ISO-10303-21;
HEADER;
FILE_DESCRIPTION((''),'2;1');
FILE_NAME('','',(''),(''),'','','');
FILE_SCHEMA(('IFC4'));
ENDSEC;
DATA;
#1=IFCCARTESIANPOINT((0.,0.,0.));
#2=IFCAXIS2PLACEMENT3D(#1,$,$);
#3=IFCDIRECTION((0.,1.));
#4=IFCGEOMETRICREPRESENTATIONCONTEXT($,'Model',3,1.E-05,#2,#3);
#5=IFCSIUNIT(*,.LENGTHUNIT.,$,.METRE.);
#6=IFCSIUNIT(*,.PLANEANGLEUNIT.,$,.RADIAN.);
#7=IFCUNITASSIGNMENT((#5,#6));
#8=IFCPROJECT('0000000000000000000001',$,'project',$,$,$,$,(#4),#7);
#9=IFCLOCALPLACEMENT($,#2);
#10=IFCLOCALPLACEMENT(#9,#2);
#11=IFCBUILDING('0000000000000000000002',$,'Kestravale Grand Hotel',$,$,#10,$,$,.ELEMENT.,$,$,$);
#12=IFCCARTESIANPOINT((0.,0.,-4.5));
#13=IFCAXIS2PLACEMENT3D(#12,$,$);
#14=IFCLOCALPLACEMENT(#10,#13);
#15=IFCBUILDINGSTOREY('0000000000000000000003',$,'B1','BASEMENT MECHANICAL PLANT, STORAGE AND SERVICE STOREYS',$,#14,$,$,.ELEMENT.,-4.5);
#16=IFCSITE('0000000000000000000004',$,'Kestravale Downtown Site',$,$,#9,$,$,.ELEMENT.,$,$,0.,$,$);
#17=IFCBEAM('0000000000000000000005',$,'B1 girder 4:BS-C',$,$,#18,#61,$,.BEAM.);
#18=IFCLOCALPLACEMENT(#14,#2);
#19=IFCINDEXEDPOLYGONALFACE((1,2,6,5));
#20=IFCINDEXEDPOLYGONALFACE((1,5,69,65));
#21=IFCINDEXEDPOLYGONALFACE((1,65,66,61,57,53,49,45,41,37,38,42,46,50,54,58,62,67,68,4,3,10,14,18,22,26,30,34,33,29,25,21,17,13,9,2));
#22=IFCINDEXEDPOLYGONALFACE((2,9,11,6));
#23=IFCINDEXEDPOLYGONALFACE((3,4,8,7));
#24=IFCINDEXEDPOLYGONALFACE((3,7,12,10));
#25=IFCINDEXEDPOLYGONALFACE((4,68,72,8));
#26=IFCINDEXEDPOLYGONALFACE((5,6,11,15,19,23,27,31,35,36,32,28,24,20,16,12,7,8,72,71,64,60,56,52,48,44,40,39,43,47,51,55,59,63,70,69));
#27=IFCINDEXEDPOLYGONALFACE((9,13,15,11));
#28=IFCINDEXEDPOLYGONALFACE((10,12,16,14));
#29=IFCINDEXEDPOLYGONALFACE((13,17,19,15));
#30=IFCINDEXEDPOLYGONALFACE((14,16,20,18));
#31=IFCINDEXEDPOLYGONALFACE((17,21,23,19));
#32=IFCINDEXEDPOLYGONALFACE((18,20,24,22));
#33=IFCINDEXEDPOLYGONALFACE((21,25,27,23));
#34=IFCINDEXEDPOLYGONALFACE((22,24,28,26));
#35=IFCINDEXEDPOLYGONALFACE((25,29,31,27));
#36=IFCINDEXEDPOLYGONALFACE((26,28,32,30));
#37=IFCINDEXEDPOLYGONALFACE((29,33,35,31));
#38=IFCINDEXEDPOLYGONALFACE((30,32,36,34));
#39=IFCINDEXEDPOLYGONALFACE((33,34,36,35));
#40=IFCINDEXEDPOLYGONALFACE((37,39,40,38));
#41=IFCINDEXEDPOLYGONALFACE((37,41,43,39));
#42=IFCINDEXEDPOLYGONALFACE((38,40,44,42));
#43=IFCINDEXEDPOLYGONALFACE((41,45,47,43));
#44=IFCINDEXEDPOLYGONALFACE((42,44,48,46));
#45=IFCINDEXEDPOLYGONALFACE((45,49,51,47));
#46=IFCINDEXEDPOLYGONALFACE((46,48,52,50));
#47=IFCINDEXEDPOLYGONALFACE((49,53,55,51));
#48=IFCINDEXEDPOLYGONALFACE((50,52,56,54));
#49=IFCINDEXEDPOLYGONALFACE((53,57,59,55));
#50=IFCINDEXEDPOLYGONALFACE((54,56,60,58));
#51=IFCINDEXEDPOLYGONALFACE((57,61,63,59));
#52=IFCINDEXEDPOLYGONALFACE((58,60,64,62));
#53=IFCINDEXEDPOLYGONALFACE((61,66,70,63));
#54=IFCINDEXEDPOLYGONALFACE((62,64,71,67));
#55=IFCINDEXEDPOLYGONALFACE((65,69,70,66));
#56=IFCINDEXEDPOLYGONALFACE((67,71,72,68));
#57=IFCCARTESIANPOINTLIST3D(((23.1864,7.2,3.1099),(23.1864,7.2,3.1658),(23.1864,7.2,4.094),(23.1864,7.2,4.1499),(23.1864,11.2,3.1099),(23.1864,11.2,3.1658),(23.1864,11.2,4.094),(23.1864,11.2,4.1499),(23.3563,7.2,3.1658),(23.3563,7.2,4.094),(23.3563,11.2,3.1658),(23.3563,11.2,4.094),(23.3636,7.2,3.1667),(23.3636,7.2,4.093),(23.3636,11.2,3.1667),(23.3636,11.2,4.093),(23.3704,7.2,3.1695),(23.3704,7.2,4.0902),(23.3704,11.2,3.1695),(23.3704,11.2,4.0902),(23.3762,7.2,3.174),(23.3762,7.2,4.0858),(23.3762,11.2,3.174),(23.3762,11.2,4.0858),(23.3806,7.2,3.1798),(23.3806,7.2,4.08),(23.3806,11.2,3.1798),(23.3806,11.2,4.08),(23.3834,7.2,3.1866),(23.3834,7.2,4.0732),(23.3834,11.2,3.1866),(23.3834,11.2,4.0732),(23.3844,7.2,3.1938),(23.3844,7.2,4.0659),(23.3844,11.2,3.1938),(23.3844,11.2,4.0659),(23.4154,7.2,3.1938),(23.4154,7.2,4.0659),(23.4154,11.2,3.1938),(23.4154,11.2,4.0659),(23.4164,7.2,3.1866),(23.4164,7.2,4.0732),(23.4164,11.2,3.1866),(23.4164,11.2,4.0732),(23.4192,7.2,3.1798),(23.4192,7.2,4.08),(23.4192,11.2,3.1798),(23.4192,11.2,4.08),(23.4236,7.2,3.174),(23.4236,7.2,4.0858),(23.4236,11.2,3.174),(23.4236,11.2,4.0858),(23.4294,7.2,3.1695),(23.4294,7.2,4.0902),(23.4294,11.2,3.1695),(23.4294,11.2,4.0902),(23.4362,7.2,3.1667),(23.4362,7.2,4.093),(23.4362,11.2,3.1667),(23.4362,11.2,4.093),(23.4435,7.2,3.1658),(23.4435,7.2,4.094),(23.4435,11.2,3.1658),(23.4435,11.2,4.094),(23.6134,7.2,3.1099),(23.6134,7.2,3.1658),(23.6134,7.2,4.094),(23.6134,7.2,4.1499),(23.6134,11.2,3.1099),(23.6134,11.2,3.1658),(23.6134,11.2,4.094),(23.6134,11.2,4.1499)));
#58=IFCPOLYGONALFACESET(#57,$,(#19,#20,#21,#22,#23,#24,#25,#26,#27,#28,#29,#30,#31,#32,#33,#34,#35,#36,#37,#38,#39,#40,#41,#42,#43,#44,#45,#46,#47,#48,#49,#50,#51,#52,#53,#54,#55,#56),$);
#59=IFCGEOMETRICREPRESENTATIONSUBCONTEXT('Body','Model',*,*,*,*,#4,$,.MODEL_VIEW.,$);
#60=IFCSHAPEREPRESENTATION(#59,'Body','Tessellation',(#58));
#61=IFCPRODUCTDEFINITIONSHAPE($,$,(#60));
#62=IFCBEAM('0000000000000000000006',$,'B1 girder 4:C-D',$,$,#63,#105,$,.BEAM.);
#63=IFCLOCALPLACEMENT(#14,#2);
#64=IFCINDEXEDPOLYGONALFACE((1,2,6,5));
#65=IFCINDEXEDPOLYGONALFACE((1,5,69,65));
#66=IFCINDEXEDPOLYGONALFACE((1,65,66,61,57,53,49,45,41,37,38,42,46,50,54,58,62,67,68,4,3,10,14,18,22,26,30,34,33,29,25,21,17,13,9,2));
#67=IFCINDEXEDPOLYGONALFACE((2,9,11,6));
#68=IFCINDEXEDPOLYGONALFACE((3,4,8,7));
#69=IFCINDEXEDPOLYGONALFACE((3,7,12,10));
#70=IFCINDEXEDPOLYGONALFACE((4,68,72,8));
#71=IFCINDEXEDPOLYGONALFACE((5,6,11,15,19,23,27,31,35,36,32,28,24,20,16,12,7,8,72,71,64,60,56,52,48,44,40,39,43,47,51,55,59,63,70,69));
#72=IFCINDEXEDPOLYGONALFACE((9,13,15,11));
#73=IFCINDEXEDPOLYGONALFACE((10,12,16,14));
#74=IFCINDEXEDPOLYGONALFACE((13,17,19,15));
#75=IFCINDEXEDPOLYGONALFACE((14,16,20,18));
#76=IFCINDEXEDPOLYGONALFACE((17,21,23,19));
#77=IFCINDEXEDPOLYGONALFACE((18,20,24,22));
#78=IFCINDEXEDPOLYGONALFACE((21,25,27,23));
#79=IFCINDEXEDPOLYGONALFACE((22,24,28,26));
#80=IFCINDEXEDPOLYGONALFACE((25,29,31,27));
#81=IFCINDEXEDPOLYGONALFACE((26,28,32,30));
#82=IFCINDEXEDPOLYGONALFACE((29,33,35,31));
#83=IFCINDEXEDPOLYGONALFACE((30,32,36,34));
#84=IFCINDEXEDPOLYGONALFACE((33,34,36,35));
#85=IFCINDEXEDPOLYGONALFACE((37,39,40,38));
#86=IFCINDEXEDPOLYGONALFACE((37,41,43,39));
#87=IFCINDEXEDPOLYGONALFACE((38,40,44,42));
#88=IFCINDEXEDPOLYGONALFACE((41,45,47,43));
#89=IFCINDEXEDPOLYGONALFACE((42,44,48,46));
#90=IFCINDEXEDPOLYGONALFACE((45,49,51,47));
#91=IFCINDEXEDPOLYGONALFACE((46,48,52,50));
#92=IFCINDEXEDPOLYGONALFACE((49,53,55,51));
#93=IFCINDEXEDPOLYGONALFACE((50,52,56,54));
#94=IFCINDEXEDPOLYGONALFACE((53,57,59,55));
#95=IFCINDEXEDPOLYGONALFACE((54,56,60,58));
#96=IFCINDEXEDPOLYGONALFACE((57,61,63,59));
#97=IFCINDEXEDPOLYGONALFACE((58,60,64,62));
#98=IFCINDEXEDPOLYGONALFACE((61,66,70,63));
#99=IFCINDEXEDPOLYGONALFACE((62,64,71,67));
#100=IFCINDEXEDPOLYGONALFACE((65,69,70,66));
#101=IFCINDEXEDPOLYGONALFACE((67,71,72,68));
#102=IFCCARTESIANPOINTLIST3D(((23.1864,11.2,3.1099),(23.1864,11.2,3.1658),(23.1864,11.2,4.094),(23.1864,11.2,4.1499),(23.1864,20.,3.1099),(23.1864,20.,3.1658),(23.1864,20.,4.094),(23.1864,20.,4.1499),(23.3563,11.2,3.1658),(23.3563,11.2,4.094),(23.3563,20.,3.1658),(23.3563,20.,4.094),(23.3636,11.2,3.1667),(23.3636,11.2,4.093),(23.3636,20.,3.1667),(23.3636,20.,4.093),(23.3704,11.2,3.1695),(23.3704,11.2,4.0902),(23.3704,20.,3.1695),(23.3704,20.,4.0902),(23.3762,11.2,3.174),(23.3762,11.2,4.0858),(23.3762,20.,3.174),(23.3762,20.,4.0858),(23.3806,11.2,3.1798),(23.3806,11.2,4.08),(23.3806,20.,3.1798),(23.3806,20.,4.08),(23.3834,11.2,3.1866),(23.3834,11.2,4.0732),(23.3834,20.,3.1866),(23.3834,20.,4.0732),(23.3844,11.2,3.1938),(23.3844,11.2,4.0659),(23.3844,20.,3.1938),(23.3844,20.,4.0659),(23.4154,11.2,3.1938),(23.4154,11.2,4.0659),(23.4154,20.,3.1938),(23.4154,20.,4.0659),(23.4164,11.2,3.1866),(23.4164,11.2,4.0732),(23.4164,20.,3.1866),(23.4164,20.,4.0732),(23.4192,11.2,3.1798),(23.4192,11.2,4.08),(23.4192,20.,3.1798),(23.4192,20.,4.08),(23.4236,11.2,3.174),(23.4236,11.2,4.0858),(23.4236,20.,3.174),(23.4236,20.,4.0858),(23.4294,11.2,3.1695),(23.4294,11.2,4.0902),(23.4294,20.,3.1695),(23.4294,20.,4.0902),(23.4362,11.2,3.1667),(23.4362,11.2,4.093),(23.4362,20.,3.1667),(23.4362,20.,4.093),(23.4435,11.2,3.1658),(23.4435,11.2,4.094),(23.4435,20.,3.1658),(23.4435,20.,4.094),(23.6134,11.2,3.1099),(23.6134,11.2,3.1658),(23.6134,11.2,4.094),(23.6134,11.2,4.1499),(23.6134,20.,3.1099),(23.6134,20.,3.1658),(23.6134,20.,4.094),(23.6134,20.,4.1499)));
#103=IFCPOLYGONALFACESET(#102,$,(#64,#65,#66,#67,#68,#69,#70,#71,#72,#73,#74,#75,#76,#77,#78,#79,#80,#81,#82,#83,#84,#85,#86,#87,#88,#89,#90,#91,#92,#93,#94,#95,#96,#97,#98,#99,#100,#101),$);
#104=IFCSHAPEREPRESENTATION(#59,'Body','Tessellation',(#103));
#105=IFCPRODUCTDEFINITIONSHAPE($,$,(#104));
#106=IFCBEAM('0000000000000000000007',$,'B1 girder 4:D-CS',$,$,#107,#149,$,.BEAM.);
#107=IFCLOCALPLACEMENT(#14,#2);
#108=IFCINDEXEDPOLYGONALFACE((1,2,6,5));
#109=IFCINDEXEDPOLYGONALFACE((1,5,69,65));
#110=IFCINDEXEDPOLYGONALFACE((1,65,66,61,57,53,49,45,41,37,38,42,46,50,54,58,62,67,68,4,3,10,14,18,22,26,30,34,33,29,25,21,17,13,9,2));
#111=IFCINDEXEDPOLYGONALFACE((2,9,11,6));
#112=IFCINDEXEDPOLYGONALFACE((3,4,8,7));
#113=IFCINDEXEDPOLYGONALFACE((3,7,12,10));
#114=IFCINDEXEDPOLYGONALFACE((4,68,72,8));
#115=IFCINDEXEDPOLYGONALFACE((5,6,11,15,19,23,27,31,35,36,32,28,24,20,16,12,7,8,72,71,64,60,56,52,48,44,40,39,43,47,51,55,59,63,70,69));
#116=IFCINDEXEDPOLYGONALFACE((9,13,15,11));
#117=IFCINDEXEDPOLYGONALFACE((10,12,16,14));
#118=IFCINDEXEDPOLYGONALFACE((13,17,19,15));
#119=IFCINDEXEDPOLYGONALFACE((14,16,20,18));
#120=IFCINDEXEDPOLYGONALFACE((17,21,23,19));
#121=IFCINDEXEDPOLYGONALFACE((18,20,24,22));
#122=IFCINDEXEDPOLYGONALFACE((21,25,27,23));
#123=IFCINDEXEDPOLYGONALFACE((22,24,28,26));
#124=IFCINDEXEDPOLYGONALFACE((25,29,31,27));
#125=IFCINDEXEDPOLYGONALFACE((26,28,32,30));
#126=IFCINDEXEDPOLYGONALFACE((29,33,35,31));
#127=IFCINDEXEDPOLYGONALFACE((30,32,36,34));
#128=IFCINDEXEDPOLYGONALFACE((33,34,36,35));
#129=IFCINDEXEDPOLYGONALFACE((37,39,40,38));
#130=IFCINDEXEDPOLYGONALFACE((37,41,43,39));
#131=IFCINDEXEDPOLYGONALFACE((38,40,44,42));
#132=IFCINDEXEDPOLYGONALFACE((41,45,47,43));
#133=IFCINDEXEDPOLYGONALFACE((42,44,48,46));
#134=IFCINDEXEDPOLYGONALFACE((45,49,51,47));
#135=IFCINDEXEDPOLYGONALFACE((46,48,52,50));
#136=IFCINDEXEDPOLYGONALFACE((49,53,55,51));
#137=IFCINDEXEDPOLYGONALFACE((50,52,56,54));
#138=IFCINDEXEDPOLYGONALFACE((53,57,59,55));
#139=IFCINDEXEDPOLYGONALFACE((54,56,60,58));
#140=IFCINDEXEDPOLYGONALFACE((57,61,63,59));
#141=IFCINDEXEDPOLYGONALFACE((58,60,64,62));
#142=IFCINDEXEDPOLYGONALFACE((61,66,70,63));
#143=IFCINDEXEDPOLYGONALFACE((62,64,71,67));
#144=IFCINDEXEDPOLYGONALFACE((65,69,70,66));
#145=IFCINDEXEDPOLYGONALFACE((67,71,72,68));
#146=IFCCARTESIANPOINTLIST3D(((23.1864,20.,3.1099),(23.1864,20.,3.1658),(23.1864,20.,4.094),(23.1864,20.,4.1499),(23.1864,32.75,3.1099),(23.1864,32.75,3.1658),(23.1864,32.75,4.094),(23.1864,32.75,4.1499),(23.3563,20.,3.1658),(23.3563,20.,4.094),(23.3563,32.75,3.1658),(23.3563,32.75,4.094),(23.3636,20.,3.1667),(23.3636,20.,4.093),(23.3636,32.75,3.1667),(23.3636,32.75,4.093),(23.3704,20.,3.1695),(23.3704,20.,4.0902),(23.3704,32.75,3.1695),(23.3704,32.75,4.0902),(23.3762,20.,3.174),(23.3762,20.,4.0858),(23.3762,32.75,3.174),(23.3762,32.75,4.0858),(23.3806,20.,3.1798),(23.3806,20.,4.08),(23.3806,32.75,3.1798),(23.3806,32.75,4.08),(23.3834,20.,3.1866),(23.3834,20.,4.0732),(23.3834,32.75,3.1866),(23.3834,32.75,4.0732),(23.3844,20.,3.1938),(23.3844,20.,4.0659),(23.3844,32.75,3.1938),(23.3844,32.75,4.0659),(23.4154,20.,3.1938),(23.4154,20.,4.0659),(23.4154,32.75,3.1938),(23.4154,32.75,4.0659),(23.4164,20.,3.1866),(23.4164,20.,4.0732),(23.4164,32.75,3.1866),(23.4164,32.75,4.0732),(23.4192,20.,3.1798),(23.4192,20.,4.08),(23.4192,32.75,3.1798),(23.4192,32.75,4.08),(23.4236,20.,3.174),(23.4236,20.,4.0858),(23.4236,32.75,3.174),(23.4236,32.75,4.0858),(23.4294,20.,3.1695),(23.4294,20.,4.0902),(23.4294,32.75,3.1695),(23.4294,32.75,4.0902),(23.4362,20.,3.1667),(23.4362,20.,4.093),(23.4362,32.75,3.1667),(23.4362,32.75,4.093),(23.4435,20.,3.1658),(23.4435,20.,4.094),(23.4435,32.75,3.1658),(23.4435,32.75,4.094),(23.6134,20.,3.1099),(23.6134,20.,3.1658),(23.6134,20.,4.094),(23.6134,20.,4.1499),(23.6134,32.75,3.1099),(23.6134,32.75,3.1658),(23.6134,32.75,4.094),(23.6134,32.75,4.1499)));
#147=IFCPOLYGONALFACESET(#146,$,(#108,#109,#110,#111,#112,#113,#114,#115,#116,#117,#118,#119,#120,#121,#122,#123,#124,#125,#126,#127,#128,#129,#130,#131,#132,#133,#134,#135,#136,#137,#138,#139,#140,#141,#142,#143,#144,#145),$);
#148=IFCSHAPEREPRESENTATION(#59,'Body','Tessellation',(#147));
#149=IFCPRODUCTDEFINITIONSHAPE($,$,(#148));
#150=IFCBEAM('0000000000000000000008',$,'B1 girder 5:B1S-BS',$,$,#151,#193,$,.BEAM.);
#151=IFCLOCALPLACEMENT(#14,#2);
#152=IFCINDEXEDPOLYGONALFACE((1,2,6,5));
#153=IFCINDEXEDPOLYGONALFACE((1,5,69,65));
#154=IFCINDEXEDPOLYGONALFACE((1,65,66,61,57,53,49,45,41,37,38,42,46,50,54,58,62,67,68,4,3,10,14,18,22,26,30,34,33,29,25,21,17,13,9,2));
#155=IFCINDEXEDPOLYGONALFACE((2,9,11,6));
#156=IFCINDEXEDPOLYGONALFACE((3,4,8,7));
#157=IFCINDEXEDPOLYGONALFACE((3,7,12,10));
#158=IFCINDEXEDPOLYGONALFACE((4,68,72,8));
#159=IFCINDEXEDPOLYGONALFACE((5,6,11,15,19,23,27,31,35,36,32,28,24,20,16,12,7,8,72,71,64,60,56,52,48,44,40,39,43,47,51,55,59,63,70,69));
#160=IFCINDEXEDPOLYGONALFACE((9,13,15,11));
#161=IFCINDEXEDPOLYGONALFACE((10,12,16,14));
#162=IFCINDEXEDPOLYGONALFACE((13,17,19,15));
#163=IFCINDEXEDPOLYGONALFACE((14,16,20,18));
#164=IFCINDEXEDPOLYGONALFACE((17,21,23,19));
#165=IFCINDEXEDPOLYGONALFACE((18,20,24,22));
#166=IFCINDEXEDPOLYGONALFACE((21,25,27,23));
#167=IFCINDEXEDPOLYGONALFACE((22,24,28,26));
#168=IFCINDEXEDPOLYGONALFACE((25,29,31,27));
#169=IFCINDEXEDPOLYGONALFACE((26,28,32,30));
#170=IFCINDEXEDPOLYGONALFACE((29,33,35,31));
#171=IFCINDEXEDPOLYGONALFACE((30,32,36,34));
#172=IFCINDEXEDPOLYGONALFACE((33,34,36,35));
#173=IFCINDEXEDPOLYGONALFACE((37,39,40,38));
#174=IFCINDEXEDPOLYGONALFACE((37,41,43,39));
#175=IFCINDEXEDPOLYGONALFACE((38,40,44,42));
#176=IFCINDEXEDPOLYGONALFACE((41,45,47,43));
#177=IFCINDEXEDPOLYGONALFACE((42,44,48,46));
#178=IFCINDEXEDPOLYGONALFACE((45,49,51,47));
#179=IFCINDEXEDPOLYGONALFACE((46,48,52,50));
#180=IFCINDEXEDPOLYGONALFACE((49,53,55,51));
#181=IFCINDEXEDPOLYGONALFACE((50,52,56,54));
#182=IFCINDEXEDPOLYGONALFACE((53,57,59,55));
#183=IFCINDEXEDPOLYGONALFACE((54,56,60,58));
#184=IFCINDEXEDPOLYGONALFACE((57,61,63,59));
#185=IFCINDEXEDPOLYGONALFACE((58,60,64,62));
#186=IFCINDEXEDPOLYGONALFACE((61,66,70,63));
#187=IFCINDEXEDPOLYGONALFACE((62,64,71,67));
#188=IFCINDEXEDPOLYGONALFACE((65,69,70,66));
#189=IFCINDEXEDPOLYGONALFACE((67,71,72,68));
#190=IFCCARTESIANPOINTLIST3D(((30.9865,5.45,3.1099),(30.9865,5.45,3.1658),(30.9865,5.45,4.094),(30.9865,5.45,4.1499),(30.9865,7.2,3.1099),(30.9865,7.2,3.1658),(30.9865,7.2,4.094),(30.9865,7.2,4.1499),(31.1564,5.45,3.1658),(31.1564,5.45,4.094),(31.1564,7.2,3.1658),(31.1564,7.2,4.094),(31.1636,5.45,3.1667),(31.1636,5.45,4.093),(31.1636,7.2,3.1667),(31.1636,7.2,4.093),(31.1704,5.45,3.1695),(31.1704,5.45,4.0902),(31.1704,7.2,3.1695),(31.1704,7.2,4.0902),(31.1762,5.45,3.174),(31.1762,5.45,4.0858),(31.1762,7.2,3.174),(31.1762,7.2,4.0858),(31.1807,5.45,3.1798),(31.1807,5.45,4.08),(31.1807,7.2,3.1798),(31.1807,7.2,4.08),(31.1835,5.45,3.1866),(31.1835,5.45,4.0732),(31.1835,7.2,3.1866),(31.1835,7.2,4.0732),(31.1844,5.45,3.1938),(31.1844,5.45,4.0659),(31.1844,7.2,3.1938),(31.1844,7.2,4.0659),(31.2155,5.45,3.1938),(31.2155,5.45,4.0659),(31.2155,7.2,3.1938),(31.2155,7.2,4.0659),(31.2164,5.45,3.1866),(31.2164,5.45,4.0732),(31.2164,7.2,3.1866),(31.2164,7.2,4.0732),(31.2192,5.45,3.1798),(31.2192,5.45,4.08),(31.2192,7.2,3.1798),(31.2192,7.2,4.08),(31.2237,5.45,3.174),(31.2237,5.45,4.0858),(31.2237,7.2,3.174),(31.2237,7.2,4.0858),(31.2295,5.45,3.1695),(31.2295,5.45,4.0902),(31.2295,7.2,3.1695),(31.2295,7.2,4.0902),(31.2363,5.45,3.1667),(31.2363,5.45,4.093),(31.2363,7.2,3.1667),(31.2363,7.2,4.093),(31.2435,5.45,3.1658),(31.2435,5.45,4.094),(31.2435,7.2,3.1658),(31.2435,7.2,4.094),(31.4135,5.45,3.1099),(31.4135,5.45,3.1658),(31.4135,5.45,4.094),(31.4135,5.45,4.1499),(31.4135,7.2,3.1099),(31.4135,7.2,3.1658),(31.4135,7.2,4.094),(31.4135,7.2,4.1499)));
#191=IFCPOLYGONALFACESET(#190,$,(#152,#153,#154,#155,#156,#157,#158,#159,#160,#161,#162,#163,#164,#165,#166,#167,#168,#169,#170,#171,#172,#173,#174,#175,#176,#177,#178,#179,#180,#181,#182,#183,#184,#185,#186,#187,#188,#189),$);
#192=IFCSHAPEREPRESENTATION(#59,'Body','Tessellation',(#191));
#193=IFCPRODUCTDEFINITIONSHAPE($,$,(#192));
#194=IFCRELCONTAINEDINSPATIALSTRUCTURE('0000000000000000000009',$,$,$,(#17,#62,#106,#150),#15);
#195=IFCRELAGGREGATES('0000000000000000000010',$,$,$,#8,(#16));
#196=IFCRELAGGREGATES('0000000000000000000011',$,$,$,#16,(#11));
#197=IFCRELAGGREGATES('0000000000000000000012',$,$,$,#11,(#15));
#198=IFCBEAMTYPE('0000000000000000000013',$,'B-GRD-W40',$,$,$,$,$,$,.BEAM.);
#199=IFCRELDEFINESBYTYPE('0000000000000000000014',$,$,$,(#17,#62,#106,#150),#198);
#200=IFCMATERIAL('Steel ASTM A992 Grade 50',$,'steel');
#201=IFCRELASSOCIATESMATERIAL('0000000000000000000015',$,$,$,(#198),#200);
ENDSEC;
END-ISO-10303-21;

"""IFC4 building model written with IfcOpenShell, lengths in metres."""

from ifc_helpers import new_model, si_unit, direction, frame, origin, origin_2d, place, context, subcontext, project, spatial, i_section, extrude, material, material_profile, profile_set, type_object, element, save


model = new_model("IFC4")

# Units and contexts
model_context = context("Model", 3, precision=1e-05, world=origin(), true_north=direction((0.0, 1.0)))
body_context = subcontext(model_context, "Body", "Model", "MODEL_VIEW")
ifc_project = project(units=[si_unit("LENGTHUNIT", "METRE"), si_unit("PLANEANGLEUNIT", "RADIAN")], contexts=[model_context])

# Site, building, storey
site_placement = place(None, origin())
site = spatial("IfcSite", under=ifc_project, at=site_placement, Name="Kestravale Downtown Site", CompositionType="ELEMENT", RefElevation=0.0)
building_placement = place(site_placement, origin())
building = spatial("IfcBuilding", under=site, at=building_placement, Name="Kestravale Grand Hotel", CompositionType="ELEMENT")
storey_placement = place(building_placement, frame((0.0, 0.0, -4.5)))
storey = spatial("IfcBuildingStorey", under=building, at=storey_placement, Name="B1", Description="BASEMENT MECHANICAL PLANT, STORAGE AND SERVICE STOREYS", CompositionType="ELEMENT", Elevation=-4.5)

# Beams
ifc_material_1 = material(Name="Steel ASTM A992 Grade 50", Category="steel")
ifc_material_profile_1 = material_profile(ifc_material_1, i_section(OverallWidth=0.427, OverallDepth=1.04, WebThickness=0.031, FlangeThickness=0.0559, FilletRadius=0.0281, at=origin_2d()))
ifc_profile_set_1 = profile_set([ifc_material_profile_1], Name="Steel ASTM A992 Grade 50")
beam_type_1 = type_object("IfcBeamType", Name="B-GRD-W40", PredefinedType="BEAM", material=ifc_profile_set_1)
beam_1_placement = place(storey_placement, frame((23.3999, 7.2, 3.6299), z_axis=(0.0, 1.0, 0.0), x_axis=(-1.0, 0.0, 0.0)))
element("IfcBeam", 1, at=beam_1_placement, inside=storey, type_object=beam_type_1, Name="B1 girder 4:BS-C", PredefinedType="BEAM", context=body_context, shape_type="SweptSolid", body=[
    extrude(i_section(OverallWidth=0.427, OverallDepth=1.04, WebThickness=0.031, FlangeThickness=0.0559, FilletRadius=0.0281, at=origin_2d()), origin(), (0.0, 0.0, 1.0), 4.0),
])
beam_2_placement = place(storey_placement, frame((23.3999, 11.2, 3.6299), z_axis=(0.0, 1.0, 0.0), x_axis=(-1.0, 0.0, 0.0)))
element("IfcBeam", 2, at=beam_2_placement, inside=storey, type_object=beam_type_1, Name="B1 girder 4:C-D", PredefinedType="BEAM", context=body_context, shape_type="SweptSolid", body=[
    extrude(i_section(OverallWidth=0.427, OverallDepth=1.04, WebThickness=0.031, FlangeThickness=0.0559, FilletRadius=0.0281, at=origin_2d()), origin(), (0.0, 0.0, 1.0), 8.8),
])
beam_3_placement = place(storey_placement, frame((23.3999, 20.0, 3.6299), z_axis=(0.0, 1.0, 0.0), x_axis=(-1.0, 0.0, 0.0)))
element("IfcBeam", 3, at=beam_3_placement, inside=storey, type_object=beam_type_1, Name="B1 girder 4:D-CS", PredefinedType="BEAM", context=body_context, shape_type="SweptSolid", body=[
    extrude(i_section(OverallWidth=0.427, OverallDepth=1.04, WebThickness=0.031, FlangeThickness=0.0559, FilletRadius=0.0281, at=origin_2d()), origin(), (0.0, 0.0, 1.0), 12.75),
])
beam_4_placement = place(storey_placement, frame((31.2, 5.45, 3.6299), z_axis=(0.0, 1.0, 0.0), x_axis=(-1.0, 0.0, 0.0)))
element("IfcBeam", 4, at=beam_4_placement, inside=storey, type_object=beam_type_1, Name="B1 girder 5:B1S-BS", PredefinedType="BEAM", context=body_context, shape_type="SweptSolid", body=[
    extrude(i_section(OverallWidth=0.427, OverallDepth=1.04, WebThickness=0.031, FlangeThickness=0.0559, FilletRadius=0.0281, at=origin_2d()), origin(), (0.0, 0.0, 1.0), 1.75),
])

save(model, "model.ifc")
